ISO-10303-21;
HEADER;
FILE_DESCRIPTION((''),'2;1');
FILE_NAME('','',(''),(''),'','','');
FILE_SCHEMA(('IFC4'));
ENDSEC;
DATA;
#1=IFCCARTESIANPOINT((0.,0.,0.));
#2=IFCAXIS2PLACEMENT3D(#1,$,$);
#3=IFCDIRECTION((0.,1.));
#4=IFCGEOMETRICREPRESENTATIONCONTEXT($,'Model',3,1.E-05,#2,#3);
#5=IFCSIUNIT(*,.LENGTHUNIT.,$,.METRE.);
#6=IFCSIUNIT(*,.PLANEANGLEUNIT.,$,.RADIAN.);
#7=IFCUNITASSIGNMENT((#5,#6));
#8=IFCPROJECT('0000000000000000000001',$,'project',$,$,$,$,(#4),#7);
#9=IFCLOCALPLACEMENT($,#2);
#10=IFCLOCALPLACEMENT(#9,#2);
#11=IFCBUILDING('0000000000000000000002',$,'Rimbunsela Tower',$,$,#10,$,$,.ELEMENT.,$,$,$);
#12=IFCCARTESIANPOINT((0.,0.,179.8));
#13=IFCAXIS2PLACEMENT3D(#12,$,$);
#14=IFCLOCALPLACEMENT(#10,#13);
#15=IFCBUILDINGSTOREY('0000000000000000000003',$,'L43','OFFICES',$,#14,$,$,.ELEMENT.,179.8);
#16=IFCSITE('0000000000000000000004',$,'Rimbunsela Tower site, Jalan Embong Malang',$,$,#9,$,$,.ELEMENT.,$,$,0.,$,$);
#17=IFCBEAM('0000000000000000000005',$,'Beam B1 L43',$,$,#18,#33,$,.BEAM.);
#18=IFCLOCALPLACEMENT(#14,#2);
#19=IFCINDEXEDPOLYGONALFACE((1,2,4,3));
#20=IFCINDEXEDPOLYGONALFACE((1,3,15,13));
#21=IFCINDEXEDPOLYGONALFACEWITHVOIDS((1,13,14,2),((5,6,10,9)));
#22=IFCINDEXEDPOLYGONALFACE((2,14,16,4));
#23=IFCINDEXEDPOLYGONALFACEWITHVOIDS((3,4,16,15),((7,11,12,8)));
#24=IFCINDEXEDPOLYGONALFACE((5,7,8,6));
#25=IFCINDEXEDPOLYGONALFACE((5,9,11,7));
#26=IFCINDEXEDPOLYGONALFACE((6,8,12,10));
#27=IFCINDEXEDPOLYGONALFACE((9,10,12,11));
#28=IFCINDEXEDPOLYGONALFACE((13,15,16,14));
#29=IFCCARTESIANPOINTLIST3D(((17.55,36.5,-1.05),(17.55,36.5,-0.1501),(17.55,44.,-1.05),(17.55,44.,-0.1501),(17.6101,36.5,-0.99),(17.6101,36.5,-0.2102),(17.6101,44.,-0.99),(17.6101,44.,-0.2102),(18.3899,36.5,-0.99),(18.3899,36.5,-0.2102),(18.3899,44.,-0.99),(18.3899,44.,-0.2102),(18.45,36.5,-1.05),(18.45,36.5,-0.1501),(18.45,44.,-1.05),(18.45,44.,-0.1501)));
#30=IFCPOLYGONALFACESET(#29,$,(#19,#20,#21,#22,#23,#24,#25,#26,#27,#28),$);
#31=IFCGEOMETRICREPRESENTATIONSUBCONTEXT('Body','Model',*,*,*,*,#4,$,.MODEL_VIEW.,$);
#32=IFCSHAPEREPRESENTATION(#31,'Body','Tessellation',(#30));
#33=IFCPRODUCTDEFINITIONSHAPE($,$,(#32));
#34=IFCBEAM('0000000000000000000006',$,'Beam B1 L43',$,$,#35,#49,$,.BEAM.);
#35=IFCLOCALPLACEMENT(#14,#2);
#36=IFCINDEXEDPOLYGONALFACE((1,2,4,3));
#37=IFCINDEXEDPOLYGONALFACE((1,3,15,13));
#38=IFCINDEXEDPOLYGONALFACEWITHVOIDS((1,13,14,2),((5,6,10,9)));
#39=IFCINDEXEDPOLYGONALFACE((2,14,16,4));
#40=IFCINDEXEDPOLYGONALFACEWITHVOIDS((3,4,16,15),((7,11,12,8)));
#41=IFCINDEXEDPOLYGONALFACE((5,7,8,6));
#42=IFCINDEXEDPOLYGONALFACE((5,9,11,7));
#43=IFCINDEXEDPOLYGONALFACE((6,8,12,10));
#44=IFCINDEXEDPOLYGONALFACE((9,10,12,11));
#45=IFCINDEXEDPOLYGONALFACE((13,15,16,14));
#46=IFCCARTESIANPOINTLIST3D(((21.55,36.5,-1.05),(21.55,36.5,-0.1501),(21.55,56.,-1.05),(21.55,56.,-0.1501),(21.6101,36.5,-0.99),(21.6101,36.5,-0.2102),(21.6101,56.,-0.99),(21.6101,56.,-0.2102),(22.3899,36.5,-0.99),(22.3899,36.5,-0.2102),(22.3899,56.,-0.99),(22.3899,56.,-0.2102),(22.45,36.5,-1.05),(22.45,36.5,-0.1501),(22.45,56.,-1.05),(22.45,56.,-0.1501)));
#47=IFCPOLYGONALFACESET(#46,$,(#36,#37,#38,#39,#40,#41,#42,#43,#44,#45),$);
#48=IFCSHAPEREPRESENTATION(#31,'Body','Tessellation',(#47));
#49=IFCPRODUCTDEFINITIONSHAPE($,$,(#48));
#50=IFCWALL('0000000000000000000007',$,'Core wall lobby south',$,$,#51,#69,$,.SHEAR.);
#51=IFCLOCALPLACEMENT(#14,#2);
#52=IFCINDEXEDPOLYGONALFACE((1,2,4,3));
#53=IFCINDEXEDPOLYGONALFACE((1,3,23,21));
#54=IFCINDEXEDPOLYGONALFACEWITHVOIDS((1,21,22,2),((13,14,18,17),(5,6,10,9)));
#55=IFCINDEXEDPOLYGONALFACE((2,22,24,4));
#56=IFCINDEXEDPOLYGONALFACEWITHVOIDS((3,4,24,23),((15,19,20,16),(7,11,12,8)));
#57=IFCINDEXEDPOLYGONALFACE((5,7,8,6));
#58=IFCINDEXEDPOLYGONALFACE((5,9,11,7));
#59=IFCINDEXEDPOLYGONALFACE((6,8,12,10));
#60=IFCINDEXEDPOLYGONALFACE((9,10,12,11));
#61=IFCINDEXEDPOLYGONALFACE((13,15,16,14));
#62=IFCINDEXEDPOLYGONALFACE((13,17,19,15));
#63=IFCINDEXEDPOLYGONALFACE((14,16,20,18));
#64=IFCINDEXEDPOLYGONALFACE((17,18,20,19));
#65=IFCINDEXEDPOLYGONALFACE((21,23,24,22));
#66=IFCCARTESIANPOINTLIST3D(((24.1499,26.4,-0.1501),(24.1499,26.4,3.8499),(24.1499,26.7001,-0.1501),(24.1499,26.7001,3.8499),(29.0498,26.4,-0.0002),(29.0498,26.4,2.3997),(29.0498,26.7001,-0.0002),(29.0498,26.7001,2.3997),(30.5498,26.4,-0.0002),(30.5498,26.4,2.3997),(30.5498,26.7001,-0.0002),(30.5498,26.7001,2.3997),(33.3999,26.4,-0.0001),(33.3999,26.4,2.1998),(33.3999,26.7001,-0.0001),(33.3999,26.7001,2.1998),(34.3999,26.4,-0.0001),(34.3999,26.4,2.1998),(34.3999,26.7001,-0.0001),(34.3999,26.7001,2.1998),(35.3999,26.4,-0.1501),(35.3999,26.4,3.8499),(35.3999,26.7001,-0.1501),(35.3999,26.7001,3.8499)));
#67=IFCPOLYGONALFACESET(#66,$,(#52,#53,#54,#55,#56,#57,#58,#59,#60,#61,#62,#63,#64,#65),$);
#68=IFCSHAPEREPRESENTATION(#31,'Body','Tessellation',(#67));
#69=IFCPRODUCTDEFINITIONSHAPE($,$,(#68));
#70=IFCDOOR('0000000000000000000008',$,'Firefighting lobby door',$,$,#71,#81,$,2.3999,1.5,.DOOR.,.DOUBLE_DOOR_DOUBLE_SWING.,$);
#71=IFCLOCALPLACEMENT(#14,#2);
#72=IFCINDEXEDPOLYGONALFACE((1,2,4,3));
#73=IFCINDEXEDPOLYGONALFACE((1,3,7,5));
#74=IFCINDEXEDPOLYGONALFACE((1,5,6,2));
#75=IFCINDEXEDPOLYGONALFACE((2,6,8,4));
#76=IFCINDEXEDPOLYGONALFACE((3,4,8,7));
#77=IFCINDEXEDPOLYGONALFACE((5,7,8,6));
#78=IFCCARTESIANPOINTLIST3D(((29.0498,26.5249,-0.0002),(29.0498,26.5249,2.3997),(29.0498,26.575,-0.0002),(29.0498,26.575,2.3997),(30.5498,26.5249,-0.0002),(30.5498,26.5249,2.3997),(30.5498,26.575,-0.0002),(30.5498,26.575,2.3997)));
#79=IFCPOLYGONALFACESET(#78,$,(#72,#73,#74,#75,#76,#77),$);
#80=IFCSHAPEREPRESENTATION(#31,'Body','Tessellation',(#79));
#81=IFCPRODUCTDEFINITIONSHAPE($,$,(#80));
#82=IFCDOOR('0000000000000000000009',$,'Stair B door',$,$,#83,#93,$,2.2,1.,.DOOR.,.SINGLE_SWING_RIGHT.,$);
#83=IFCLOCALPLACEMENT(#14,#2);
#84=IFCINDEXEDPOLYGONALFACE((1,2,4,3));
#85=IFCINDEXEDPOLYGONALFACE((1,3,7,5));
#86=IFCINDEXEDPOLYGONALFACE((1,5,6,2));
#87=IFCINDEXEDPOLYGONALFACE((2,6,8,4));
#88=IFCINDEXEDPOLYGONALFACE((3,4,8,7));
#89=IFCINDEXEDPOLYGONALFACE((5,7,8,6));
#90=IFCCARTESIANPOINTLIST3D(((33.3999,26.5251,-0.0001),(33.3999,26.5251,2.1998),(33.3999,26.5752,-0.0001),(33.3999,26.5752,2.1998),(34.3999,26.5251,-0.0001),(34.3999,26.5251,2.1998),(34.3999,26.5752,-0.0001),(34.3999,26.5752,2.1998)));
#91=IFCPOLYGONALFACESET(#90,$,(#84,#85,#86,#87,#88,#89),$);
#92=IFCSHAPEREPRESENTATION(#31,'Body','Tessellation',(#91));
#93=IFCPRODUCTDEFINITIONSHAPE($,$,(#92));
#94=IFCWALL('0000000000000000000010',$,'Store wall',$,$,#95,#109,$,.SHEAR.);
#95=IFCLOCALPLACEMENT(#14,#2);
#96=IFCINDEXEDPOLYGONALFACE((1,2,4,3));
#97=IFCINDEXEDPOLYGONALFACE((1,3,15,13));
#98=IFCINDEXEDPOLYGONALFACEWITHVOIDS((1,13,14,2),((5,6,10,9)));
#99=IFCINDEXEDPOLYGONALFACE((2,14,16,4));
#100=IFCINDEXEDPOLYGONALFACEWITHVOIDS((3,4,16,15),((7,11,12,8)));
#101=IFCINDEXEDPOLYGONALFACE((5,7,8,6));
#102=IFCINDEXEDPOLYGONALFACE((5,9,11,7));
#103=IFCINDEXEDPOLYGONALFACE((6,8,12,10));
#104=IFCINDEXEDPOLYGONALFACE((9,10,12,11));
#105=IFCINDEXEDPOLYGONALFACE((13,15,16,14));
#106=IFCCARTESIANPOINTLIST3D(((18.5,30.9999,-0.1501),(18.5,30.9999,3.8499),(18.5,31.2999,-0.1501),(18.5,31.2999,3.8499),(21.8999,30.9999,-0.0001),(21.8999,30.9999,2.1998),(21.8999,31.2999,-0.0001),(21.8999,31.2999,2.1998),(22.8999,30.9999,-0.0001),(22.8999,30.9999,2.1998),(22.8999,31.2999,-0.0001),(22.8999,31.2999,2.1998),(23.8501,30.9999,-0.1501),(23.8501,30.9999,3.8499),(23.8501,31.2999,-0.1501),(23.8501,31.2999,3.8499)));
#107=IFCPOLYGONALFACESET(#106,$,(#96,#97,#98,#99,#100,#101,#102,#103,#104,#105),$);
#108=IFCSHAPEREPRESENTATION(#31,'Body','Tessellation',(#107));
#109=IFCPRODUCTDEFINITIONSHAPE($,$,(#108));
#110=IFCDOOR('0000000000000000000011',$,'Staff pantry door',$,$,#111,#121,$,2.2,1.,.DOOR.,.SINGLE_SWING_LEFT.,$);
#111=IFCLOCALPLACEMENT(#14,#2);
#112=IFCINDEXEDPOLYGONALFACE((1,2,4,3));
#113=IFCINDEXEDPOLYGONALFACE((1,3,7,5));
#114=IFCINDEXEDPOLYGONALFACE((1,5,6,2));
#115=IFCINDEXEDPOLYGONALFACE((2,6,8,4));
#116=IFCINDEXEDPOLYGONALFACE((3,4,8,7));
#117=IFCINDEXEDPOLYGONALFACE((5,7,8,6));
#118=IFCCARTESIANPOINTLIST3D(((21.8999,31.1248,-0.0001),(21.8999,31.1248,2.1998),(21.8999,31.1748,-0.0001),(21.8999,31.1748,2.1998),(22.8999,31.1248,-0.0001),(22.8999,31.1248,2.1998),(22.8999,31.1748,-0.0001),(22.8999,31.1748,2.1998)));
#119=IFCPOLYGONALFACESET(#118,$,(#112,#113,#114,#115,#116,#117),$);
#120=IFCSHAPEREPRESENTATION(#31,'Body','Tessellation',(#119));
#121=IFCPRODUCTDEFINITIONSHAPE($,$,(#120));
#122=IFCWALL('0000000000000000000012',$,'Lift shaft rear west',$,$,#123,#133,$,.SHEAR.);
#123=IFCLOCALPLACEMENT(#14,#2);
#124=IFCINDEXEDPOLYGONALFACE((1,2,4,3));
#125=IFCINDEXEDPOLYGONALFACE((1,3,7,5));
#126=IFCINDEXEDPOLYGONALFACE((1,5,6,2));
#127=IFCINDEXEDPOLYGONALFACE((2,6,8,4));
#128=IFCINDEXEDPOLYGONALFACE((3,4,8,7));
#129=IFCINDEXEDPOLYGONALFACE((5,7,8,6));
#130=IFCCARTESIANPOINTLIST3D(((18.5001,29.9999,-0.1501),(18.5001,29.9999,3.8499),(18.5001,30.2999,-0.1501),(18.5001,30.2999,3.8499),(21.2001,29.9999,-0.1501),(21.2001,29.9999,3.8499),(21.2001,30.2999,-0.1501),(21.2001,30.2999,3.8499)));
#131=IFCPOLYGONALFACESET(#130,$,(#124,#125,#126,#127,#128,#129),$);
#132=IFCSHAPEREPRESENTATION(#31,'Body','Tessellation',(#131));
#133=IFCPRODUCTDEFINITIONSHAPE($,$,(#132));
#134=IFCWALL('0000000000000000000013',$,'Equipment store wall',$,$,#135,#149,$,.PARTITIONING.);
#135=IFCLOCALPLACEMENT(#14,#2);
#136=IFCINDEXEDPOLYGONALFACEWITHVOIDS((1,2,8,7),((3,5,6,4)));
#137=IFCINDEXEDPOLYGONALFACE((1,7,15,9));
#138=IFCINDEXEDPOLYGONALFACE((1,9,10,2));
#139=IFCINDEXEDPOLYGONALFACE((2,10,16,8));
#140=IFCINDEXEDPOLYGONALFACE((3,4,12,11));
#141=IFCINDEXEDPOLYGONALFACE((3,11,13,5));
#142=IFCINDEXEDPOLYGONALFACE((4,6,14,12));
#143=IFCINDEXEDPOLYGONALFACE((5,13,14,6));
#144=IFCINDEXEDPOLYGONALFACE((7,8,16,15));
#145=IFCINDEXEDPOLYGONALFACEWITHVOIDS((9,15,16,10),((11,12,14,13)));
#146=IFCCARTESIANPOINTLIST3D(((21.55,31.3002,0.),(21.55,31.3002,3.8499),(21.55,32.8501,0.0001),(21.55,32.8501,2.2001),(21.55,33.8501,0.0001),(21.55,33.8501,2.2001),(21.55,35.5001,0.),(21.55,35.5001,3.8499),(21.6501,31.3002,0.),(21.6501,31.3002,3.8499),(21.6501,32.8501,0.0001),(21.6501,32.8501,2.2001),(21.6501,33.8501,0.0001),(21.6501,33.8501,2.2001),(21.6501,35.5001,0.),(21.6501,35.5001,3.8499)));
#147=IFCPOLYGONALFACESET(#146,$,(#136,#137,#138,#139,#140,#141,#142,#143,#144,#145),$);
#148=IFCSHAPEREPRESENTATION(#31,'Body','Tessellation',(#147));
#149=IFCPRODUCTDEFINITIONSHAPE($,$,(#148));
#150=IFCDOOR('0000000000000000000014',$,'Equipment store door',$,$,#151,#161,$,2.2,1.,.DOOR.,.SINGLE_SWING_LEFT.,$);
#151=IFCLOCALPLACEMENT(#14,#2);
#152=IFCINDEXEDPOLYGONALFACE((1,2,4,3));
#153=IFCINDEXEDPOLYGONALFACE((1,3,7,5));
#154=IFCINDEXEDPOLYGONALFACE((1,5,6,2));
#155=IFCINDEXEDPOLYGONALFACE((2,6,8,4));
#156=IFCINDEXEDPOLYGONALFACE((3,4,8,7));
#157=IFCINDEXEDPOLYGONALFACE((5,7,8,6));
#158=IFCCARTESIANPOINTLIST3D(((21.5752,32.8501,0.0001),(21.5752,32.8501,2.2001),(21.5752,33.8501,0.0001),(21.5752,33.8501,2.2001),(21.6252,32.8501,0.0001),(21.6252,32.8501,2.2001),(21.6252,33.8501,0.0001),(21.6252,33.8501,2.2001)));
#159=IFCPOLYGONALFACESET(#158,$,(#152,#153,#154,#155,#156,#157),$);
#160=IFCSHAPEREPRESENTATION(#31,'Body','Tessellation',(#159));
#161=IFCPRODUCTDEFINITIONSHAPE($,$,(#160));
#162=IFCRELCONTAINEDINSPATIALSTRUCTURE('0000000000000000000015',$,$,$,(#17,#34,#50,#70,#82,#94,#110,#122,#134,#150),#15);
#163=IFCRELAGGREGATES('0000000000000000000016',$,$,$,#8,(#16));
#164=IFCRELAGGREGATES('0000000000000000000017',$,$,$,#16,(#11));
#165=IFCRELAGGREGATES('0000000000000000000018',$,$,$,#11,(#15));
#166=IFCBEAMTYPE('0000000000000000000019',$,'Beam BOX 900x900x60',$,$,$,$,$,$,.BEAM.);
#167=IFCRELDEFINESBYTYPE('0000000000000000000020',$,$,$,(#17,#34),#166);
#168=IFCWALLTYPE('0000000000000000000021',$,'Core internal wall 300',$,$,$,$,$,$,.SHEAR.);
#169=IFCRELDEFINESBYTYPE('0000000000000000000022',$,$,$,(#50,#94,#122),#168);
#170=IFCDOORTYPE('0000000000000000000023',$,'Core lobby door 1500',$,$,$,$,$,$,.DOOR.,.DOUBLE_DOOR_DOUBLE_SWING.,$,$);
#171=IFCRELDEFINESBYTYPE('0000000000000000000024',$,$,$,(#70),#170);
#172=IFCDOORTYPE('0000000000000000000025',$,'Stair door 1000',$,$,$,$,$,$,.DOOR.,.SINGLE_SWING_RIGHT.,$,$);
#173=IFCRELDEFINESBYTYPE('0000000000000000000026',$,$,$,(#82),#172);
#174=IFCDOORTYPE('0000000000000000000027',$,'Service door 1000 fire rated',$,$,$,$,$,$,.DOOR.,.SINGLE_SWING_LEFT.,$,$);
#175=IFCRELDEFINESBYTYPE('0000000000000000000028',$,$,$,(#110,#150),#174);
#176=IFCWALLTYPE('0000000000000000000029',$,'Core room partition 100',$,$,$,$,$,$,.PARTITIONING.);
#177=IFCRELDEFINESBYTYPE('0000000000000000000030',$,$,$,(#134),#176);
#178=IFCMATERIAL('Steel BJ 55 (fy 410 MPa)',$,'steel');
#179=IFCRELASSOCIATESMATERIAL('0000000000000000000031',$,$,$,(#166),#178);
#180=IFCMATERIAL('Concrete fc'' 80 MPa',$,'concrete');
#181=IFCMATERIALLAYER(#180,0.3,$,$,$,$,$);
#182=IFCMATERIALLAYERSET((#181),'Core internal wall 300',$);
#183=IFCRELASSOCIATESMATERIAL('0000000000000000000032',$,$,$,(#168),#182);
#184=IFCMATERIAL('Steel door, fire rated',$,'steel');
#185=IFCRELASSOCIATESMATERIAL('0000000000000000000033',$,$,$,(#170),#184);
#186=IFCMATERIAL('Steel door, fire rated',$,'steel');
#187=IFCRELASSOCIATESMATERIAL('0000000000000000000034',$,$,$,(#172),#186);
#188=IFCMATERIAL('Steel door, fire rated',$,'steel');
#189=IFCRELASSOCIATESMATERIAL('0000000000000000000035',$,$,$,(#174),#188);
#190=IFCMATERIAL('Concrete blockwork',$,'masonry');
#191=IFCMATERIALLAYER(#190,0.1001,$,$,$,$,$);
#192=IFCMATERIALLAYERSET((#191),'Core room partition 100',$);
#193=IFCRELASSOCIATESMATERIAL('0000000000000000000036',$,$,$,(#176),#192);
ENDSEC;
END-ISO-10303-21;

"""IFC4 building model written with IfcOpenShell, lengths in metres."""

from ifc_helpers import new_model, si_unit, direction, frame, frame_2d, origin, origin_2d, place, context, subcontext, project, spatial, rectangle, hollow_rectangle, extrude, material, layer, layer_set, material_profile, profile_set, type_object, element, fill, save


model = new_model("IFC4")

# Units and contexts
model_context = context("Model", 3, precision=1e-05, world=origin(), true_north=direction((0.0, 1.0)))
body_context = subcontext(model_context, "Body", "Model", "MODEL_VIEW")
ifc_project = project(units=[si_unit("LENGTHUNIT", "METRE"), si_unit("PLANEANGLEUNIT", "RADIAN")], contexts=[model_context])

# Site, building, storey
site_placement = place(None, origin())
site = spatial("IfcSite", under=ifc_project, at=site_placement, Name="Rimbunsela Tower site, Jalan Embong Malang", CompositionType="ELEMENT", RefElevation=0.0)
building_placement = place(site_placement, origin())
building = spatial("IfcBuilding", under=site, at=building_placement, Name="Rimbunsela Tower", CompositionType="ELEMENT")
storey_placement = place(building_placement, frame((0.0, 0.0, 179.8)))
storey = spatial("IfcBuildingStorey", under=building, at=storey_placement, Name="L43", Description="OFFICES", CompositionType="ELEMENT", Elevation=179.8)

# Beams
ifc_material_1 = material(Name="Steel BJ 55 (fy 410 MPa)", Category="steel")
ifc_material_profile = material_profile(ifc_material_1, hollow_rectangle(XDim=0.8999, YDim=0.8999, WallThickness=0.0601, at=origin_2d()), Name="BOX 900x900x60")
ifc_profile_set = profile_set([ifc_material_profile], Name="Steel BJ 55 (fy 410 MPa)")
beam_type = type_object("IfcBeamType", Name="Beam BOX 900x900x60", PredefinedType="BEAM", material=ifc_profile_set)
beam_1_placement = place(storey_placement, frame((18.0, 36.5, -0.6001), z_axis=(0.0, 1.0, 0.0), x_axis=(-1.0, 0.0, 0.0)))
element("IfcBeam", 1, at=beam_1_placement, inside=storey, type_object=beam_type, Name="Beam B1 L43", PredefinedType="BEAM", context=body_context, shape_type="SweptSolid", body=[
    extrude(hollow_rectangle(XDim=0.8999, YDim=0.8999, WallThickness=0.0601, at=origin_2d()), origin(), (0.0, 0.0, 1.0), 7.5),
])
beam_2_placement = place(storey_placement, frame((22.0, 36.5, -0.6001), z_axis=(0.0, 1.0, 0.0), x_axis=(-1.0, 0.0, 0.0)))
element("IfcBeam", 2, at=beam_2_placement, inside=storey, type_object=beam_type, Name="Beam B1 L43", PredefinedType="BEAM", context=body_context, shape_type="SweptSolid", body=[
    extrude(hollow_rectangle(XDim=0.8999, YDim=0.8999, WallThickness=0.0601, at=origin_2d()), origin(), (0.0, 0.0, 1.0), 19.5),
])

# Wall, openings, doors
ifc_material_2 = material(Name="Concrete fc' 80 MPa", Category="concrete")
ifc_layer_1 = layer(ifc_material_2, 0.3)
ifc_layer_set_1 = layer_set([ifc_layer_1], Name="Core internal wall 300")
wall_type_1 = type_object("IfcWallType", Name="Core internal wall 300", PredefinedType="SHEAR", material=ifc_layer_set_1)
wall_1_placement = place(storey_placement, frame((24.1499, 26.55, -0.1501), z_axis=(0.0, 0.0, 1.0), x_axis=(1.0, 0.0, 0.0)))
wall_1 = element("IfcWall", 3, at=wall_1_placement, inside=storey, type_object=wall_type_1, Name="Core wall lobby south", PredefinedType="SHEAR", context=body_context, shape_type="SweptSolid", body=[
    extrude(rectangle(XDim=11.25, YDim=0.3, at=frame_2d((5.625, 0.0))), origin(), (0.0, 0.0, 1.0), 4.0),
])
opening_1_placement = place(wall_1_placement, frame((9.25, 0.0, 0.1499)))
opening_1 = element("IfcOpeningElement", 4, at=opening_1_placement, cuts=wall_1, PredefinedType="OPENING", context=body_context, shape_type="SweptSolid", body=[
    extrude(rectangle(XDim=1.0, YDim=2.2, at=frame_2d((0.5, 1.1001))), frame((0.0, 0.1599, 0.0), z_axis=(0.0, -1.0, 0.0), x_axis=(1.0, 0.0, 0.0)), (0.0, 0.0, 1.0), 0.3201),
])
opening_2_placement = place(wall_1_placement, frame((4.8999, 0.0, 0.1499)))
opening_2 = element("IfcOpeningElement", 5, at=opening_2_placement, cuts=wall_1, PredefinedType="OPENING", context=body_context, shape_type="SweptSolid", body=[
    extrude(rectangle(XDim=1.5, YDim=2.3999, at=frame_2d((0.75, 1.2))), frame((0.0, 0.1599, 0.0), z_axis=(0.0, -1.0, 0.0), x_axis=(1.0, 0.0, 0.0)), (0.0, 0.0, 1.0), 0.3201),
])
ifc_material_3 = material(Name="Steel door, fire rated", Category="steel")
door_type_1 = type_object("IfcDoorType", Name="Core lobby door 1500", OperationType="DOUBLE_DOOR_DOUBLE_SWING", PredefinedType="DOOR", material=ifc_material_3)
door_1_placement = place(opening_2_placement, origin())
door_1 = element("IfcDoor", 6, at=door_1_placement, inside=storey, type_object=door_type_1, Name="Firefighting lobby door", OperationType="DOUBLE_DOOR_DOUBLE_SWING", OverallHeight=2.3999, OverallWidth=1.5, PredefinedType="DOOR", context=body_context, shape_type="SweptSolid", body=[
    extrude(rectangle(XDim=1.5, YDim=2.3999, at=frame_2d((0.75, 1.2))), frame((0.0, 0.0249, 0.0), z_axis=(0.0, -1.0, 0.0), x_axis=(1.0, 0.0, 0.0)), (0.0, 0.0, 1.0), 0.05),
])
fill(opening_2, door_1)
ifc_material_4 = material(Name="Steel door, fire rated", Category="steel")
door_type_2 = type_object("IfcDoorType", Name="Stair door 1000", OperationType="SINGLE_SWING_RIGHT", PredefinedType="DOOR", material=ifc_material_4)
door_2_placement = place(opening_1_placement, frame((1.0, 0.0, 0.0), z_axis=(0.0, 0.0, 1.0), x_axis=(-1.0, 0.0, 0.0)))
door_2 = element("IfcDoor", 7, at=door_2_placement, inside=storey, type_object=door_type_2, Name="Stair B door", OperationType="SINGLE_SWING_RIGHT", OverallHeight=2.2, OverallWidth=1.0, PredefinedType="DOOR", context=body_context, shape_type="SweptSolid", body=[
    extrude(rectangle(XDim=1.0, YDim=2.2, at=frame_2d((0.5, 1.1001))), frame((0.0, 0.0249, 0.0), z_axis=(0.0, -1.0, 0.0), x_axis=(1.0, 0.0, 0.0)), (0.0, 0.0, 1.0), 0.05),
])
fill(opening_1, door_2)

# Wall, opening, door
wall_2_placement = place(storey_placement, frame((18.5, 31.1499, -0.1501), z_axis=(0.0, 0.0, 1.0), x_axis=(1.0, 0.0, 0.0)))
wall_2 = element("IfcWall", 8, at=wall_2_placement, inside=storey, type_object=wall_type_1, Name="Store wall", PredefinedType="SHEAR", context=body_context, shape_type="SweptSolid", body=[
    extrude(rectangle(XDim=5.3501, YDim=0.3, at=frame_2d((2.675, 0.0))), origin(), (0.0, 0.0, 1.0), 4.0),
])
opening_3_placement = place(wall_2_placement, frame((3.3999, 0.0, 0.1499)))
opening_3 = element("IfcOpeningElement", 9, at=opening_3_placement, cuts=wall_2, PredefinedType="OPENING", context=body_context, shape_type="SweptSolid", body=[
    extrude(rectangle(XDim=1.0, YDim=2.2, at=frame_2d((0.5, 1.1001))), frame((0.0, 0.1599, 0.0), z_axis=(0.0, -1.0, 0.0), x_axis=(1.0, 0.0, 0.0)), (0.0, 0.0, 1.0), 0.3201),
])
ifc_material_5 = material(Name="Steel door, fire rated", Category="steel")
door_type_3 = type_object("IfcDoorType", Name="Service door 1000 fire rated", OperationType="SINGLE_SWING_LEFT", PredefinedType="DOOR", material=ifc_material_5)
door_3_placement = place(opening_3_placement, origin())
door_3 = element("IfcDoor", 10, at=door_3_placement, inside=storey, type_object=door_type_3, Name="Staff pantry door", OperationType="SINGLE_SWING_LEFT", OverallHeight=2.2, OverallWidth=1.0, PredefinedType="DOOR", context=body_context, shape_type="SweptSolid", body=[
    extrude(rectangle(XDim=1.0, YDim=2.2, at=frame_2d((0.5, 1.1001))), frame((0.0, 0.0249, 0.0), z_axis=(0.0, -1.0, 0.0), x_axis=(1.0, 0.0, 0.0)), (0.0, 0.0, 1.0), 0.05),
])
fill(opening_3, door_3)

# Wall
wall_3_placement = place(storey_placement, frame((18.5, 30.1499, -0.1501), z_axis=(0.0, 0.0, 1.0), x_axis=(1.0, 0.0, 0.0)))
element("IfcWall", 11, at=wall_3_placement, inside=storey, type_object=wall_type_1, Name="Lift shaft rear west", PredefinedType="SHEAR", context=body_context, shape_type="SweptSolid", body=[
    extrude(rectangle(XDim=2.7, YDim=0.3, at=frame_2d((1.3501, 0.0))), origin(), (0.0, 0.0, 1.0), 4.0),
])

# Wall, opening, door
ifc_material_6 = material(Name="Concrete blockwork", Category="masonry")
ifc_layer_2 = layer(ifc_material_6, 0.1001)
ifc_layer_set_2 = layer_set([ifc_layer_2], Name="Core room partition 100")
wall_type_2 = type_object("IfcWallType", Name="Core room partition 100", PredefinedType="PARTITIONING", material=ifc_layer_set_2)
wall_4_placement = place(storey_placement, frame((21.6001, 31.3, 0.0), z_axis=(0.0, 0.0, 1.0), x_axis=(0.0, 1.0, 0.0)))
wall_4 = element("IfcWall", 12, at=wall_4_placement, inside=storey, type_object=wall_type_2, Name="Equipment store wall", PredefinedType="PARTITIONING", context=body_context, shape_type="SweptSolid", body=[
    extrude(rectangle(XDim=4.2, YDim=0.1001, at=frame_2d((2.1001, 0.0))), origin(), (0.0, 0.0, 1.0), 3.8499),
])
opening_4_placement = place(wall_4_placement, frame((1.55, 0.0, 0.0)))
opening_4 = element("IfcOpeningElement", 13, at=opening_4_placement, cuts=wall_4, PredefinedType="OPENING", context=body_context, shape_type="SweptSolid", body=[
    extrude(rectangle(XDim=1.0, YDim=2.2, at=frame_2d((0.5, 1.1001))), frame((0.0, 0.0601, 0.0), z_axis=(0.0, -1.0, 0.0), x_axis=(1.0, 0.0, 0.0)), (0.0, 0.0, 1.0), 0.1201),
])
door_4_placement = place(opening_4_placement, origin())
door_4 = element("IfcDoor", 14, at=door_4_placement, inside=storey, type_object=door_type_3, Name="Equipment store door", OperationType="SINGLE_SWING_LEFT", OverallHeight=2.2, OverallWidth=1.0, PredefinedType="DOOR", context=body_context, shape_type="SweptSolid", body=[
    extrude(rectangle(XDim=1.0, YDim=2.2, at=frame_2d((0.5, 1.1001))), frame((0.0, 0.0249, 0.0), z_axis=(0.0, -1.0, 0.0), x_axis=(1.0, 0.0, 0.0)), (0.0, 0.0, 1.0), 0.05),
])
fill(opening_4, door_4)

save(model, "model.ifc")
